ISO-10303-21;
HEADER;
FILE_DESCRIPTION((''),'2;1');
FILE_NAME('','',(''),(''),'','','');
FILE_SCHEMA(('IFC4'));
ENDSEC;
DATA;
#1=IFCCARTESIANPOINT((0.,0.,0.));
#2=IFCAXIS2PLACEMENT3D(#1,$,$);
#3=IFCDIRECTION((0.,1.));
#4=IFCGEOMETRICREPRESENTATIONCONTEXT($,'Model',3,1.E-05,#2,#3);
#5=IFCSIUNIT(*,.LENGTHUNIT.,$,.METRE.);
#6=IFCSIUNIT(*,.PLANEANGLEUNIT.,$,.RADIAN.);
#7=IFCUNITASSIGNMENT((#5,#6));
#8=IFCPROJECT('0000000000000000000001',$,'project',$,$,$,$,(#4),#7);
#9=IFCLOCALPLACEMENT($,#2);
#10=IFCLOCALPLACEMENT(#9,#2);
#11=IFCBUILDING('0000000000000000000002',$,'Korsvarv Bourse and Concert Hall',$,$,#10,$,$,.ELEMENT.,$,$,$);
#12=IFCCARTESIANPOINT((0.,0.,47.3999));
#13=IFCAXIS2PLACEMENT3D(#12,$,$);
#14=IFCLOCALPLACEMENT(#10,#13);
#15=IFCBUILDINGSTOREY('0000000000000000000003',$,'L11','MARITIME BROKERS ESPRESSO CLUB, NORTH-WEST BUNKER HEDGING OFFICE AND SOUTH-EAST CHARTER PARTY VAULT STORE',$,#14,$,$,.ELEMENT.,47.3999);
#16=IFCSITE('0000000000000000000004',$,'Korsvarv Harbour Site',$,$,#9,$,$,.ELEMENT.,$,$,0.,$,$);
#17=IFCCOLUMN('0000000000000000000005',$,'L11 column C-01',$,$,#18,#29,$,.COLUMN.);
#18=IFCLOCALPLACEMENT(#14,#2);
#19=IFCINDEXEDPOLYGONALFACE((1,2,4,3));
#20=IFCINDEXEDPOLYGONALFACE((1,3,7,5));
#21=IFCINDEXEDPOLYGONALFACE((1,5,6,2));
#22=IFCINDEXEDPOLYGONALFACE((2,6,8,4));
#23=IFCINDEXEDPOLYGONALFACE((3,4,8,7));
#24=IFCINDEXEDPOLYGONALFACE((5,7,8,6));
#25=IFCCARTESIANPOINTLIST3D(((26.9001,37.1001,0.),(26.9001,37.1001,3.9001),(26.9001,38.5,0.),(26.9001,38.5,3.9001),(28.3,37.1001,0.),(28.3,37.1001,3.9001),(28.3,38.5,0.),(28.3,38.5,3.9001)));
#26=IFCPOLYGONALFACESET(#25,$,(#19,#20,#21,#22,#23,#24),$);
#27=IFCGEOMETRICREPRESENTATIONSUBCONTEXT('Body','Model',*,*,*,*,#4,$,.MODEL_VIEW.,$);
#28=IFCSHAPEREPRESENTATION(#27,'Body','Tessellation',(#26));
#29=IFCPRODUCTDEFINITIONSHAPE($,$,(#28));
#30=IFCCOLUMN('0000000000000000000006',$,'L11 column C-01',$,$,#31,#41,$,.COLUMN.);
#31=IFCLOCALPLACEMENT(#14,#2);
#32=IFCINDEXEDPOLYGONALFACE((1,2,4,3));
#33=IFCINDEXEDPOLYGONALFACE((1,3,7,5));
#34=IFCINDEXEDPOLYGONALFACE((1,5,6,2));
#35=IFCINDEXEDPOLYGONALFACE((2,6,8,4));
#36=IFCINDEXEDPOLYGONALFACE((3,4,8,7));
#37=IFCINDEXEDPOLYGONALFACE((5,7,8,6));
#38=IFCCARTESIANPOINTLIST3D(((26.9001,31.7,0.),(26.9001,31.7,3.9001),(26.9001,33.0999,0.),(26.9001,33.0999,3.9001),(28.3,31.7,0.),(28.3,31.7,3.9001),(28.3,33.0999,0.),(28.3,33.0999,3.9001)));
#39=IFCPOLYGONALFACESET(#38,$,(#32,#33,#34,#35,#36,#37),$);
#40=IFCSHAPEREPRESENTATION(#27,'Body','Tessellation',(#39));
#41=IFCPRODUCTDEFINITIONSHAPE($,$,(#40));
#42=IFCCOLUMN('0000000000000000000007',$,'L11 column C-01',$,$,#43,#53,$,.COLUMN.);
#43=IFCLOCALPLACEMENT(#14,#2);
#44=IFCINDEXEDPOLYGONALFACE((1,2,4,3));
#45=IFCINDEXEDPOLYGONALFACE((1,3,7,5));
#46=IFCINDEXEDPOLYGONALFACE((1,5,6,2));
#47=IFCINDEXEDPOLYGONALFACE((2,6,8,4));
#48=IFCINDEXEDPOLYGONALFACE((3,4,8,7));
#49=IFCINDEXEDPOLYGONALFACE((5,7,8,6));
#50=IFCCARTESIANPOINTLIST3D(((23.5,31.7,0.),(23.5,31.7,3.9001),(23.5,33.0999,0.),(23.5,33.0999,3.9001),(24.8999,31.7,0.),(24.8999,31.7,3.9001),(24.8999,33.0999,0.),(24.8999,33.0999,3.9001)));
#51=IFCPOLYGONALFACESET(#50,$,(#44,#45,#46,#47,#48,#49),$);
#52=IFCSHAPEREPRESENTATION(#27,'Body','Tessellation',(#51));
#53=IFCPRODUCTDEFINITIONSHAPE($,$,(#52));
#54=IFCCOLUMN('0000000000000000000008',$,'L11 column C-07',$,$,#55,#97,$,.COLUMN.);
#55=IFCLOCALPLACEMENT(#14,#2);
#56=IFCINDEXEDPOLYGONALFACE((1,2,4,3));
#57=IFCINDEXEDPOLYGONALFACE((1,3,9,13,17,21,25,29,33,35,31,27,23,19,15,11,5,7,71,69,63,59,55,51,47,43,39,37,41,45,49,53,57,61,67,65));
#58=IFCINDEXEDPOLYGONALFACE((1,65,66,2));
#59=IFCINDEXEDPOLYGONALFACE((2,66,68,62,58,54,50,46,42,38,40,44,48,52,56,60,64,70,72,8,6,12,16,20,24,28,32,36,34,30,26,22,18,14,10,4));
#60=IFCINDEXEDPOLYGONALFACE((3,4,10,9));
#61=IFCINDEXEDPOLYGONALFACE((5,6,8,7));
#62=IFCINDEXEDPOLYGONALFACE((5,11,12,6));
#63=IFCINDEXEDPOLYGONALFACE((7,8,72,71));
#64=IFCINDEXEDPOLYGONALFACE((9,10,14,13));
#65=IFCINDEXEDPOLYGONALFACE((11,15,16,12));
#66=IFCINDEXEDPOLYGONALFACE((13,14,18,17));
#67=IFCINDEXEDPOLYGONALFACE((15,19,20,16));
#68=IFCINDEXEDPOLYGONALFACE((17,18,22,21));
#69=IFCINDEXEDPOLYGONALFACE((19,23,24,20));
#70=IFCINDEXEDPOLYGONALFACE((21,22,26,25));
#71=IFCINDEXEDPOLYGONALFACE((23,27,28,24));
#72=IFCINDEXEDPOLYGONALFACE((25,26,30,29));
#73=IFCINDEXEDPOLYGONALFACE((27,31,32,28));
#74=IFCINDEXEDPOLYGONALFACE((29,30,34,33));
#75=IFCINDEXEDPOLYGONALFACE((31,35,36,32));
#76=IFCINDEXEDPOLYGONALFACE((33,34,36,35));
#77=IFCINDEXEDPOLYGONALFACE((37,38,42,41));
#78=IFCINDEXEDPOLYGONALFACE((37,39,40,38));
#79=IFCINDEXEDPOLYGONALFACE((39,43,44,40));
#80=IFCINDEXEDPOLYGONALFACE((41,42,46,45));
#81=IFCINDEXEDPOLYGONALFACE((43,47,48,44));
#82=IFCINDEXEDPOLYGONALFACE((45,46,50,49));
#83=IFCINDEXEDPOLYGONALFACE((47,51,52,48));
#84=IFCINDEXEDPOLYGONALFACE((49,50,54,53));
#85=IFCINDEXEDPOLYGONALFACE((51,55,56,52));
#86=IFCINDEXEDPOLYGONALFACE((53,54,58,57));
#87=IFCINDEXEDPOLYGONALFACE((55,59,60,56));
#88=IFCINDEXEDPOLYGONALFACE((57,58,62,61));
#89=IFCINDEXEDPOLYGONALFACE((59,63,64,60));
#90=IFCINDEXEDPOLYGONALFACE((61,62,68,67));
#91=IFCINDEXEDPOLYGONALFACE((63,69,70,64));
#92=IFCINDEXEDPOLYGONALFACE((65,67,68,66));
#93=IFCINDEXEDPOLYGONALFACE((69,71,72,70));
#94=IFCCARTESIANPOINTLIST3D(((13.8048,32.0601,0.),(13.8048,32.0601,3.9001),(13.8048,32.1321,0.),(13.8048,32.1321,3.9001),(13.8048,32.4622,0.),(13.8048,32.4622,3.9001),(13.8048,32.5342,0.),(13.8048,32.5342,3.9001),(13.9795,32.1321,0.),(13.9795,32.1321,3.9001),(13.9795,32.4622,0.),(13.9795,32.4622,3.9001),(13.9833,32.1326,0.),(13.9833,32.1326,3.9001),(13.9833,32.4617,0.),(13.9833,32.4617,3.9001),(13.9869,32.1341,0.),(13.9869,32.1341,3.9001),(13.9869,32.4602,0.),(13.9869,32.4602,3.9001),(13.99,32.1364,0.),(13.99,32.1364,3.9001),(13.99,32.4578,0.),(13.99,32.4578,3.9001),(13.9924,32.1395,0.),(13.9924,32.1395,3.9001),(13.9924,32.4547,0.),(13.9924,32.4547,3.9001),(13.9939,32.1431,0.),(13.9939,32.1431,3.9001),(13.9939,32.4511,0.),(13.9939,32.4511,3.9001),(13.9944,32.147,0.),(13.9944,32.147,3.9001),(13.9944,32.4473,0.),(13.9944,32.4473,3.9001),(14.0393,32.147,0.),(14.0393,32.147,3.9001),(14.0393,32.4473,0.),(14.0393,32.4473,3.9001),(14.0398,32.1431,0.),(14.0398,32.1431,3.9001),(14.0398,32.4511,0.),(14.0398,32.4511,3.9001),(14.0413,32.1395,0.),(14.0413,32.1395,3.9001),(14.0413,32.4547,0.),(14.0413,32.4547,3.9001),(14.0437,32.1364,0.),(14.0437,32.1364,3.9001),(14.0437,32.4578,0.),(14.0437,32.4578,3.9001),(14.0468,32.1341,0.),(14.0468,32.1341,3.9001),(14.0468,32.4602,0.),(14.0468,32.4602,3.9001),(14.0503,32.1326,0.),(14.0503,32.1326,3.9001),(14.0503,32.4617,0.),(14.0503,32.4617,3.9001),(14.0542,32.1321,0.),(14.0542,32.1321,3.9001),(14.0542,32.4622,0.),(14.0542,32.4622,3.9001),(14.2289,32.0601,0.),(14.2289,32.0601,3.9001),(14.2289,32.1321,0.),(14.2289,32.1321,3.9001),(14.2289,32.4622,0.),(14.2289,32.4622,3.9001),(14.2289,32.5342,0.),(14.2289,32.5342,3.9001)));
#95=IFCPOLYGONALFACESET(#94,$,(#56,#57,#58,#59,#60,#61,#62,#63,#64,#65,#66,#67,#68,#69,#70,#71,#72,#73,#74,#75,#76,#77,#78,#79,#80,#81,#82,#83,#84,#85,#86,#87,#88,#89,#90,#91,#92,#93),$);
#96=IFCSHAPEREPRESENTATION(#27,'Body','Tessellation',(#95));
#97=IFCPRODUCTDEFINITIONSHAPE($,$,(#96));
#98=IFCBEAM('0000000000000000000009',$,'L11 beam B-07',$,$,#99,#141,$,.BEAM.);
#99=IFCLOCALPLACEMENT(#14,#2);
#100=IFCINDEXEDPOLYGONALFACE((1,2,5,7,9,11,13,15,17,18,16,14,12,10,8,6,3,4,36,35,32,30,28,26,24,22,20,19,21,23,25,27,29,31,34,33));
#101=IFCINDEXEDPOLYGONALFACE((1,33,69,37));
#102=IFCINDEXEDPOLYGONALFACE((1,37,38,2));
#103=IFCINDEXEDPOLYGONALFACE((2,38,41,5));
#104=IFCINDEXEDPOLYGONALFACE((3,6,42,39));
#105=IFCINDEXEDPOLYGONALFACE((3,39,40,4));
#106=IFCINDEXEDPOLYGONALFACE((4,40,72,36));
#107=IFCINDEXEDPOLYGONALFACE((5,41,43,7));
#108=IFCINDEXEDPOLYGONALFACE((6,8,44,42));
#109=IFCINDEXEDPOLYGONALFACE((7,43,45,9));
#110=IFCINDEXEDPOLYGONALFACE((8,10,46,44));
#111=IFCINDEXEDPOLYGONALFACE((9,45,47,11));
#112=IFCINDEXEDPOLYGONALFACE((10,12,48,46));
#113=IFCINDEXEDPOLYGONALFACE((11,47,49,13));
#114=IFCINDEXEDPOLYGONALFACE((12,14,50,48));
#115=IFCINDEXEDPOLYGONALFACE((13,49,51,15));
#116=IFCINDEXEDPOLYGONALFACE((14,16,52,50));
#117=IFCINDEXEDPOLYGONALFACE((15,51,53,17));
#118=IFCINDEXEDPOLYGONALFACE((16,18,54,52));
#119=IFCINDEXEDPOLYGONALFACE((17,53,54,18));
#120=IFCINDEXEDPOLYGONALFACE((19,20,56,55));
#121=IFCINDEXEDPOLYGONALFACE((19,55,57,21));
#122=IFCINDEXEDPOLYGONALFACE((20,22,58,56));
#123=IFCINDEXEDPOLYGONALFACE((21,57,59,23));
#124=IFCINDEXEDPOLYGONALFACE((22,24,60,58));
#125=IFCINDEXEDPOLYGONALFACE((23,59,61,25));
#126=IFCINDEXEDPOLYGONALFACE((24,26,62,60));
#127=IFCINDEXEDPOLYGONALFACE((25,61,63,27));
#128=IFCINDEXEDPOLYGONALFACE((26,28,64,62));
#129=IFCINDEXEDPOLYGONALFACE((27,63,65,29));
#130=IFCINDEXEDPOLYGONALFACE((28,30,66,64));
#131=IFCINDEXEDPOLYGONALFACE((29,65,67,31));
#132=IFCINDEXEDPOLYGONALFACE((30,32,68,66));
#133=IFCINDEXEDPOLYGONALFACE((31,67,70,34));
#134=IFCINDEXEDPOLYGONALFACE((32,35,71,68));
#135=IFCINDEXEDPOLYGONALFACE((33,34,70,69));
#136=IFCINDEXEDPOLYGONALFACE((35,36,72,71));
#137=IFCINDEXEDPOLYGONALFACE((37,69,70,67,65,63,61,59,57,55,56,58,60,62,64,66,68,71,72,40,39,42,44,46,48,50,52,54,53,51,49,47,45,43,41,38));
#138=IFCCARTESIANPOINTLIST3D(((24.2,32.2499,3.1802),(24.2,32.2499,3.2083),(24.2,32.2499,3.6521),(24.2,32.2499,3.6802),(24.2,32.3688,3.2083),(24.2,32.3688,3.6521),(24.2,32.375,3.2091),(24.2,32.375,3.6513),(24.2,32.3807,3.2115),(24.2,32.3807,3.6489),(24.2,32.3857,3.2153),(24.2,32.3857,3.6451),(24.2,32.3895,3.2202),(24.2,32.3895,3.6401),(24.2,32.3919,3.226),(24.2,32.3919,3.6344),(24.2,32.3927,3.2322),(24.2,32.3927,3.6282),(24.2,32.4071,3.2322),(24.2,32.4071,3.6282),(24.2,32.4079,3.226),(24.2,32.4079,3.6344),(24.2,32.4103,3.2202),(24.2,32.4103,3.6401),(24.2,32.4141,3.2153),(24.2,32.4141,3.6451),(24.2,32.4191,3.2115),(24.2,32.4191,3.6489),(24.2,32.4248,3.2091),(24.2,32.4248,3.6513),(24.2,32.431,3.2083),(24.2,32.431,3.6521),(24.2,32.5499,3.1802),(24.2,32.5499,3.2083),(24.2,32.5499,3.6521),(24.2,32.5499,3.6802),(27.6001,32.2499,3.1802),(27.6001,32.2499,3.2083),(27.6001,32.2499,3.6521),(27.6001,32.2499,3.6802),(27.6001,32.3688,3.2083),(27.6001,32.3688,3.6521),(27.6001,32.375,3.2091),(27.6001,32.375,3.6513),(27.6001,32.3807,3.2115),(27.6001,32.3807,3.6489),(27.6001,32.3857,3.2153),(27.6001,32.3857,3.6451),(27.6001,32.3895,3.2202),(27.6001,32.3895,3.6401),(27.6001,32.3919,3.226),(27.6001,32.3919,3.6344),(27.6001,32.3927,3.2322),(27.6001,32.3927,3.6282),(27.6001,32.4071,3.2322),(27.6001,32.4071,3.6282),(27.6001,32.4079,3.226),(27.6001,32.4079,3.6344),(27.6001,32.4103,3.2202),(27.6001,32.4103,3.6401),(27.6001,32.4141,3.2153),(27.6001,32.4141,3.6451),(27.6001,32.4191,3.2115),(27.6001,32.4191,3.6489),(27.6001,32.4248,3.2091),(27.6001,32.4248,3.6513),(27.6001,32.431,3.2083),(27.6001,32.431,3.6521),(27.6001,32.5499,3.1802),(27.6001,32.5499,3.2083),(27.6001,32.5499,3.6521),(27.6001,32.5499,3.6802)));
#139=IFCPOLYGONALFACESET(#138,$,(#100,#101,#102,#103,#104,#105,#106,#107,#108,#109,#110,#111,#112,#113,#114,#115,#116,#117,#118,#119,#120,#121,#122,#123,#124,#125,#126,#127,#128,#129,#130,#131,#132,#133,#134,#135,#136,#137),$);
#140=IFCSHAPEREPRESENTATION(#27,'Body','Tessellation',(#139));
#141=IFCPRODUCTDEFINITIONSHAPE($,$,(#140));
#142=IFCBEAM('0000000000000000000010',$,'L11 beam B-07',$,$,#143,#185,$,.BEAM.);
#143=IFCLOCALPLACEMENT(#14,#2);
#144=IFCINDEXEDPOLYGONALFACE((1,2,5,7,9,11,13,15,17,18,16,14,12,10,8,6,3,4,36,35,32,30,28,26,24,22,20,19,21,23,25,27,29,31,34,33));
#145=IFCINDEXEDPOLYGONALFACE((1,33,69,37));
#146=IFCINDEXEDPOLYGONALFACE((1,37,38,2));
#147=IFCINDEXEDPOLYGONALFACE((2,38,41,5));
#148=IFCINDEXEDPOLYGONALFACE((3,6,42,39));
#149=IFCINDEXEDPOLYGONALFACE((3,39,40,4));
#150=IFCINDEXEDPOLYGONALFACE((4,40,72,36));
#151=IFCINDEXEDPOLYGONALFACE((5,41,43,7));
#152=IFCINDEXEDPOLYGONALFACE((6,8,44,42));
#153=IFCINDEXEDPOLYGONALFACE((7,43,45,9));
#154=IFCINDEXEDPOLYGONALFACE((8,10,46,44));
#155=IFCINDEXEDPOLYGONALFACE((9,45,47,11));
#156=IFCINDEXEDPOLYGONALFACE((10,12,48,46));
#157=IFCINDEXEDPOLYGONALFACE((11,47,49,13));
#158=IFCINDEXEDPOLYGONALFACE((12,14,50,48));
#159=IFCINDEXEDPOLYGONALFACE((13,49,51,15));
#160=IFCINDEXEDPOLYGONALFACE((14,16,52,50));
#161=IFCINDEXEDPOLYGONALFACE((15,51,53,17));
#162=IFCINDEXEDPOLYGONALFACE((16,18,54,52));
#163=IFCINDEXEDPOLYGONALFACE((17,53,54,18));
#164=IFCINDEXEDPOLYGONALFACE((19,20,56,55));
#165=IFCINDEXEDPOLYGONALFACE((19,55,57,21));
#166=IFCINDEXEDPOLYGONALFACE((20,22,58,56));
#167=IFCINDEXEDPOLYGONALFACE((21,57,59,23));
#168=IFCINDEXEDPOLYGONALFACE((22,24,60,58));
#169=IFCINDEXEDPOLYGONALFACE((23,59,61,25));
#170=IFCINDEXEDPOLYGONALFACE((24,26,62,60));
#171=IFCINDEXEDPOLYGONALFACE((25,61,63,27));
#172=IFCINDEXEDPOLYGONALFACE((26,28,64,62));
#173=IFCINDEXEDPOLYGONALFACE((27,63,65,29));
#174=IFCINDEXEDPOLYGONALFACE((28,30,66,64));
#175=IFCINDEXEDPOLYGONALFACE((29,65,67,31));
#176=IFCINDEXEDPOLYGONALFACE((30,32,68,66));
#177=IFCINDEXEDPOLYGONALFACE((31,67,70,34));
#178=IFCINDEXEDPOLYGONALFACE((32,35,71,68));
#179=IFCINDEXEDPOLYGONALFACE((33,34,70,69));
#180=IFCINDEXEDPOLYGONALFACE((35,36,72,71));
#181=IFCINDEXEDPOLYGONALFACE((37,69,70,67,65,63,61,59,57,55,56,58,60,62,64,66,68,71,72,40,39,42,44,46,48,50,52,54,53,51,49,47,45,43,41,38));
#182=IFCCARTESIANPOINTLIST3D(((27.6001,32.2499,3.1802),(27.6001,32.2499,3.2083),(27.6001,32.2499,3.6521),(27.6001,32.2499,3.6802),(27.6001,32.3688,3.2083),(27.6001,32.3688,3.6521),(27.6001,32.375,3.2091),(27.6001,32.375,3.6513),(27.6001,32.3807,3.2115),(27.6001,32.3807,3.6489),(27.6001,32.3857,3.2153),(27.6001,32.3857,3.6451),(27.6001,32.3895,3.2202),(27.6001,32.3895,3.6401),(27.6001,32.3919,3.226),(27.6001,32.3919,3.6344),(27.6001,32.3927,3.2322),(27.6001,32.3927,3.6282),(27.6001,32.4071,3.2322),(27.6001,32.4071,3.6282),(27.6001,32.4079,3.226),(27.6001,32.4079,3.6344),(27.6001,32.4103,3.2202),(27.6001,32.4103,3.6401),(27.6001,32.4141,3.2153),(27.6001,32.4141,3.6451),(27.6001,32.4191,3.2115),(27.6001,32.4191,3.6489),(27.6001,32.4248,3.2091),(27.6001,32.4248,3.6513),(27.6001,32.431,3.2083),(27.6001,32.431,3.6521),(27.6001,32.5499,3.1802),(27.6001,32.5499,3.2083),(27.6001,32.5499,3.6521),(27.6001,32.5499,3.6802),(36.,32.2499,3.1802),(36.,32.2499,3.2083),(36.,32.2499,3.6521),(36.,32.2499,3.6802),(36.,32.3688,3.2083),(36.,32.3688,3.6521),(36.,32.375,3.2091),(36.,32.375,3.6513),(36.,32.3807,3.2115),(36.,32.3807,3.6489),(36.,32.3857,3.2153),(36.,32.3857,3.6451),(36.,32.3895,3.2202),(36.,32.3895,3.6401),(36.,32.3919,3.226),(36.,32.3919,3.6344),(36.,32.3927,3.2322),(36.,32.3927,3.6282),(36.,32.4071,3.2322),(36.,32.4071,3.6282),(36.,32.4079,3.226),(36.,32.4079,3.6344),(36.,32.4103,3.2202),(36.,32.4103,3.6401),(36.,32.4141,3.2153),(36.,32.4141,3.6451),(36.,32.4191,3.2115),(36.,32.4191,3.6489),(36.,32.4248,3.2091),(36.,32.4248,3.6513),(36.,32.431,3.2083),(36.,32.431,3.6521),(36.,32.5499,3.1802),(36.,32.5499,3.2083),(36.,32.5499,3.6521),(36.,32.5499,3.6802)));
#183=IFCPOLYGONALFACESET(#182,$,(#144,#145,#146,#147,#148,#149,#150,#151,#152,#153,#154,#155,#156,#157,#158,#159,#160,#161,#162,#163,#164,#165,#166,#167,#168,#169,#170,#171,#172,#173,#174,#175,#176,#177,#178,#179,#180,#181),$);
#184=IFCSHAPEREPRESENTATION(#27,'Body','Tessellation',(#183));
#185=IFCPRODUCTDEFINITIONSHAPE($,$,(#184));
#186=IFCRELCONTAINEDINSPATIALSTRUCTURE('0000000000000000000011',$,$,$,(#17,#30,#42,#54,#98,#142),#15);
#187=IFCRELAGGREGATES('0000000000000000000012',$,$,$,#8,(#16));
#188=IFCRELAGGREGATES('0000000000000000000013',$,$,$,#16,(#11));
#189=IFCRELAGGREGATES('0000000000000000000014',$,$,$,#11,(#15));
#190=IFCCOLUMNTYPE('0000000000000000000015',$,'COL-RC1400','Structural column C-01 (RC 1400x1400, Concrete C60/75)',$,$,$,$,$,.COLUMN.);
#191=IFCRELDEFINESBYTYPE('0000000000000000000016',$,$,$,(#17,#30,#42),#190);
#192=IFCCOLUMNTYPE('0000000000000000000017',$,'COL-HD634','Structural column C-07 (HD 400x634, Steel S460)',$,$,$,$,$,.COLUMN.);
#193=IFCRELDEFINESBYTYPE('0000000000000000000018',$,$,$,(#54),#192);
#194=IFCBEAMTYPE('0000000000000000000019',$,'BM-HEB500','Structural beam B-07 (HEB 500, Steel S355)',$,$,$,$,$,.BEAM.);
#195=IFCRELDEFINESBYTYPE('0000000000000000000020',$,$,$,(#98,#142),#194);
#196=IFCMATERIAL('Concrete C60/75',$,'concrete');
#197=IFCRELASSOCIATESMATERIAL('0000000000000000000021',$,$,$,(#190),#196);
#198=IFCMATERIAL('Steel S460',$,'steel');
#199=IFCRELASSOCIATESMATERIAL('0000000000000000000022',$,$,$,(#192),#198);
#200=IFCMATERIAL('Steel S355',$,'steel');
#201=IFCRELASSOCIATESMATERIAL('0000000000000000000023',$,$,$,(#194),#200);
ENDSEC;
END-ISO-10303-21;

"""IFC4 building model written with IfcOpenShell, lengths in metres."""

from ifc_helpers import new_model, si_unit, direction, frame, origin, origin_2d, place, context, subcontext, project, spatial, rectangle, i_section, extrude, source, transform, mapped, material, material_profile, profile_set, type_object, element, save


model = new_model("IFC4")

# Units and contexts
model_context = context("Model", 3, precision=1e-05, world=origin(), true_north=direction((0.0, 1.0)))
body_context = subcontext(model_context, "Body", "Model", "MODEL_VIEW")
ifc_project = project(units=[si_unit("LENGTHUNIT", "METRE"), si_unit("PLANEANGLEUNIT", "RADIAN")], contexts=[model_context])

# Site, building, storey
site_placement = place(None, origin())
site = spatial("IfcSite", under=ifc_project, at=site_placement, Name="Korsvarv Harbour Site", CompositionType="ELEMENT", RefElevation=0.0)
building_placement = place(site_placement, origin())
building = spatial("IfcBuilding", under=site, at=building_placement, Name="Korsvarv Bourse and Concert Hall", CompositionType="ELEMENT")
storey_placement = place(building_placement, frame((0.0, 0.0, 47.3999)))
storey = spatial("IfcBuildingStorey", under=building, at=storey_placement, Name="L11", Description="MARITIME BROKERS ESPRESSO CLUB, NORTH-WEST BUNKER HEDGING OFFICE AND SOUTH-EAST CHARTER PARTY VAULT STORE", CompositionType="ELEMENT", Elevation=47.3999)

# Columns
ifc_material_1 = material(Name="Concrete C60/75", Category="concrete")
ifc_material_profile_1 = material_profile(ifc_material_1, rectangle(XDim=1.3999, YDim=1.3999, at=origin_2d()), Name="RC 1400x1400")
ifc_profile_set_1 = profile_set([ifc_material_profile_1], Name="Concrete C60/75")
column_type_1 = type_object("IfcColumnType", Name="COL-RC1400", Description="Structural column C-01 (RC 1400x1400, Concrete C60/75)", PredefinedType="COLUMN", material=ifc_profile_set_1)
shared_shape_1 = source(origin(), body_context, "Body", "SweptSolid", [
    extrude(rectangle(XDim=1.3999, YDim=1.3999, at=origin_2d()), origin(), (0.0, 0.0, 1.0), 3.9001),
])
for number, where, z_axis, x_axis, name in (
    (1, (27.6001, 37.8, 0.0), (0.0, 0.0, 1.0), (1.0, 0.0, 0.0), "L11 column C-01"),
    (2, (27.6001, 32.3999, 0.0), (0.0, 0.0, 1.0), (1.0, 0.0, 0.0), "L11 column C-01"),
    (3, (24.2, 32.3999, 0.0), (0.0, 0.0, 1.0), (1.0, 0.0, 0.0), "L11 column C-01"),
):
    element("IfcColumn", number, at=place(storey_placement, frame(where, z_axis=z_axis, x_axis=x_axis)), inside=storey, type_object=column_type_1, Name=name, PredefinedType="COLUMN", context=body_context, shape_type="MappedRepresentation", body=[
        mapped(shared_shape_1, transform((0.0, 0.0, 0.0), scale=1.0)),
    ])
ifc_material_2 = material(Name="Steel S460", Category="steel")
ifc_material_profile_2 = material_profile(ifc_material_2, i_section(OverallWidth=0.4241, OverallDepth=0.4741, WebThickness=0.0449, FlangeThickness=0.072, FilletRadius=0.0149, at=origin_2d()), Name="HD 400x634")
ifc_profile_set_2 = profile_set([ifc_material_profile_2], Name="Steel S460")
column_type_2 = type_object("IfcColumnType", Name="COL-HD634", Description="Structural column C-07 (HD 400x634, Steel S460)", PredefinedType="COLUMN", material=ifc_profile_set_2)
shared_shape_2 = source(origin(), body_context, "Body", "SweptSolid", [
    extrude(i_section(OverallWidth=0.4241, OverallDepth=0.4741, WebThickness=0.0449, FlangeThickness=0.072, FilletRadius=0.0149, at=origin_2d()), origin(), (0.0, 0.0, 1.0), 3.9001),
])
column_placement = place(storey_placement, frame((14.0168, 32.2971, 0.0), z_axis=(0.0, 0.0, 1.0), x_axis=(1.0, 0.0, 0.0)))
element("IfcColumn", 4, at=column_placement, inside=storey, type_object=column_type_2, Name="L11 column C-07", PredefinedType="COLUMN", context=body_context, shape_type="MappedRepresentation", body=[
    mapped(shared_shape_2, transform((0.0, 0.0, 0.0), scale=1.0)),
])

# Beams
ifc_material_3 = material(Name="Steel S355", Category="steel")
ifc_material_profile_3 = material_profile(ifc_material_3, i_section(OverallWidth=0.3, OverallDepth=0.5, WebThickness=0.0144, FlangeThickness=0.0281, FilletRadius=0.0239, at=origin_2d()), Name="HEB 500")
ifc_profile_set_3 = profile_set([ifc_material_profile_3], Name="Steel S355")
beam_type_1 = type_object("IfcBeamType", Name="BM-HEB500", Description="Structural beam B-07 (HEB 500, Steel S355)", PredefinedType="BEAM", material=ifc_profile_set_3)
shared_shape_3 = source(origin(), body_context, "Body", "SweptSolid", [
    extrude(i_section(OverallWidth=0.3, OverallDepth=0.5, WebThickness=0.0144, FlangeThickness=0.0281, FilletRadius=0.0239, at=origin_2d()), origin(), (0.0, 0.0, 1.0), 3.4001),
])
beam_1_placement = place(storey_placement, frame((24.2, 32.3999, 3.4302), z_axis=(1.0, 0.0, 0.0), x_axis=(0.0, 1.0, 0.0)))
element("IfcBeam", 5, at=beam_1_placement, inside=storey, type_object=beam_type_1, Name="L11 beam B-07", PredefinedType="BEAM", context=body_context, shape_type="MappedRepresentation", body=[
    mapped(shared_shape_3, transform((0.0, 0.0, 0.0), scale=1.0)),
])
shared_shape_4 = source(origin(), body_context, "Body", "SweptSolid", [
    extrude(i_section(OverallWidth=0.3, OverallDepth=0.5, WebThickness=0.0144, FlangeThickness=0.0281, FilletRadius=0.0239, at=origin_2d()), origin(), (0.0, 0.0, 1.0), 8.3999),
])
beam_2_placement = place(storey_placement, frame((27.6001, 32.3999, 3.4302), z_axis=(1.0, 0.0, 0.0), x_axis=(0.0, 1.0, 0.0)))
element("IfcBeam", 6, at=beam_2_placement, inside=storey, type_object=beam_type_1, Name="L11 beam B-07", PredefinedType="BEAM", context=body_context, shape_type="MappedRepresentation", body=[
    mapped(shared_shape_4, transform((0.0, 0.0, 0.0), scale=1.0)),
])

save(model, "model.ifc")
